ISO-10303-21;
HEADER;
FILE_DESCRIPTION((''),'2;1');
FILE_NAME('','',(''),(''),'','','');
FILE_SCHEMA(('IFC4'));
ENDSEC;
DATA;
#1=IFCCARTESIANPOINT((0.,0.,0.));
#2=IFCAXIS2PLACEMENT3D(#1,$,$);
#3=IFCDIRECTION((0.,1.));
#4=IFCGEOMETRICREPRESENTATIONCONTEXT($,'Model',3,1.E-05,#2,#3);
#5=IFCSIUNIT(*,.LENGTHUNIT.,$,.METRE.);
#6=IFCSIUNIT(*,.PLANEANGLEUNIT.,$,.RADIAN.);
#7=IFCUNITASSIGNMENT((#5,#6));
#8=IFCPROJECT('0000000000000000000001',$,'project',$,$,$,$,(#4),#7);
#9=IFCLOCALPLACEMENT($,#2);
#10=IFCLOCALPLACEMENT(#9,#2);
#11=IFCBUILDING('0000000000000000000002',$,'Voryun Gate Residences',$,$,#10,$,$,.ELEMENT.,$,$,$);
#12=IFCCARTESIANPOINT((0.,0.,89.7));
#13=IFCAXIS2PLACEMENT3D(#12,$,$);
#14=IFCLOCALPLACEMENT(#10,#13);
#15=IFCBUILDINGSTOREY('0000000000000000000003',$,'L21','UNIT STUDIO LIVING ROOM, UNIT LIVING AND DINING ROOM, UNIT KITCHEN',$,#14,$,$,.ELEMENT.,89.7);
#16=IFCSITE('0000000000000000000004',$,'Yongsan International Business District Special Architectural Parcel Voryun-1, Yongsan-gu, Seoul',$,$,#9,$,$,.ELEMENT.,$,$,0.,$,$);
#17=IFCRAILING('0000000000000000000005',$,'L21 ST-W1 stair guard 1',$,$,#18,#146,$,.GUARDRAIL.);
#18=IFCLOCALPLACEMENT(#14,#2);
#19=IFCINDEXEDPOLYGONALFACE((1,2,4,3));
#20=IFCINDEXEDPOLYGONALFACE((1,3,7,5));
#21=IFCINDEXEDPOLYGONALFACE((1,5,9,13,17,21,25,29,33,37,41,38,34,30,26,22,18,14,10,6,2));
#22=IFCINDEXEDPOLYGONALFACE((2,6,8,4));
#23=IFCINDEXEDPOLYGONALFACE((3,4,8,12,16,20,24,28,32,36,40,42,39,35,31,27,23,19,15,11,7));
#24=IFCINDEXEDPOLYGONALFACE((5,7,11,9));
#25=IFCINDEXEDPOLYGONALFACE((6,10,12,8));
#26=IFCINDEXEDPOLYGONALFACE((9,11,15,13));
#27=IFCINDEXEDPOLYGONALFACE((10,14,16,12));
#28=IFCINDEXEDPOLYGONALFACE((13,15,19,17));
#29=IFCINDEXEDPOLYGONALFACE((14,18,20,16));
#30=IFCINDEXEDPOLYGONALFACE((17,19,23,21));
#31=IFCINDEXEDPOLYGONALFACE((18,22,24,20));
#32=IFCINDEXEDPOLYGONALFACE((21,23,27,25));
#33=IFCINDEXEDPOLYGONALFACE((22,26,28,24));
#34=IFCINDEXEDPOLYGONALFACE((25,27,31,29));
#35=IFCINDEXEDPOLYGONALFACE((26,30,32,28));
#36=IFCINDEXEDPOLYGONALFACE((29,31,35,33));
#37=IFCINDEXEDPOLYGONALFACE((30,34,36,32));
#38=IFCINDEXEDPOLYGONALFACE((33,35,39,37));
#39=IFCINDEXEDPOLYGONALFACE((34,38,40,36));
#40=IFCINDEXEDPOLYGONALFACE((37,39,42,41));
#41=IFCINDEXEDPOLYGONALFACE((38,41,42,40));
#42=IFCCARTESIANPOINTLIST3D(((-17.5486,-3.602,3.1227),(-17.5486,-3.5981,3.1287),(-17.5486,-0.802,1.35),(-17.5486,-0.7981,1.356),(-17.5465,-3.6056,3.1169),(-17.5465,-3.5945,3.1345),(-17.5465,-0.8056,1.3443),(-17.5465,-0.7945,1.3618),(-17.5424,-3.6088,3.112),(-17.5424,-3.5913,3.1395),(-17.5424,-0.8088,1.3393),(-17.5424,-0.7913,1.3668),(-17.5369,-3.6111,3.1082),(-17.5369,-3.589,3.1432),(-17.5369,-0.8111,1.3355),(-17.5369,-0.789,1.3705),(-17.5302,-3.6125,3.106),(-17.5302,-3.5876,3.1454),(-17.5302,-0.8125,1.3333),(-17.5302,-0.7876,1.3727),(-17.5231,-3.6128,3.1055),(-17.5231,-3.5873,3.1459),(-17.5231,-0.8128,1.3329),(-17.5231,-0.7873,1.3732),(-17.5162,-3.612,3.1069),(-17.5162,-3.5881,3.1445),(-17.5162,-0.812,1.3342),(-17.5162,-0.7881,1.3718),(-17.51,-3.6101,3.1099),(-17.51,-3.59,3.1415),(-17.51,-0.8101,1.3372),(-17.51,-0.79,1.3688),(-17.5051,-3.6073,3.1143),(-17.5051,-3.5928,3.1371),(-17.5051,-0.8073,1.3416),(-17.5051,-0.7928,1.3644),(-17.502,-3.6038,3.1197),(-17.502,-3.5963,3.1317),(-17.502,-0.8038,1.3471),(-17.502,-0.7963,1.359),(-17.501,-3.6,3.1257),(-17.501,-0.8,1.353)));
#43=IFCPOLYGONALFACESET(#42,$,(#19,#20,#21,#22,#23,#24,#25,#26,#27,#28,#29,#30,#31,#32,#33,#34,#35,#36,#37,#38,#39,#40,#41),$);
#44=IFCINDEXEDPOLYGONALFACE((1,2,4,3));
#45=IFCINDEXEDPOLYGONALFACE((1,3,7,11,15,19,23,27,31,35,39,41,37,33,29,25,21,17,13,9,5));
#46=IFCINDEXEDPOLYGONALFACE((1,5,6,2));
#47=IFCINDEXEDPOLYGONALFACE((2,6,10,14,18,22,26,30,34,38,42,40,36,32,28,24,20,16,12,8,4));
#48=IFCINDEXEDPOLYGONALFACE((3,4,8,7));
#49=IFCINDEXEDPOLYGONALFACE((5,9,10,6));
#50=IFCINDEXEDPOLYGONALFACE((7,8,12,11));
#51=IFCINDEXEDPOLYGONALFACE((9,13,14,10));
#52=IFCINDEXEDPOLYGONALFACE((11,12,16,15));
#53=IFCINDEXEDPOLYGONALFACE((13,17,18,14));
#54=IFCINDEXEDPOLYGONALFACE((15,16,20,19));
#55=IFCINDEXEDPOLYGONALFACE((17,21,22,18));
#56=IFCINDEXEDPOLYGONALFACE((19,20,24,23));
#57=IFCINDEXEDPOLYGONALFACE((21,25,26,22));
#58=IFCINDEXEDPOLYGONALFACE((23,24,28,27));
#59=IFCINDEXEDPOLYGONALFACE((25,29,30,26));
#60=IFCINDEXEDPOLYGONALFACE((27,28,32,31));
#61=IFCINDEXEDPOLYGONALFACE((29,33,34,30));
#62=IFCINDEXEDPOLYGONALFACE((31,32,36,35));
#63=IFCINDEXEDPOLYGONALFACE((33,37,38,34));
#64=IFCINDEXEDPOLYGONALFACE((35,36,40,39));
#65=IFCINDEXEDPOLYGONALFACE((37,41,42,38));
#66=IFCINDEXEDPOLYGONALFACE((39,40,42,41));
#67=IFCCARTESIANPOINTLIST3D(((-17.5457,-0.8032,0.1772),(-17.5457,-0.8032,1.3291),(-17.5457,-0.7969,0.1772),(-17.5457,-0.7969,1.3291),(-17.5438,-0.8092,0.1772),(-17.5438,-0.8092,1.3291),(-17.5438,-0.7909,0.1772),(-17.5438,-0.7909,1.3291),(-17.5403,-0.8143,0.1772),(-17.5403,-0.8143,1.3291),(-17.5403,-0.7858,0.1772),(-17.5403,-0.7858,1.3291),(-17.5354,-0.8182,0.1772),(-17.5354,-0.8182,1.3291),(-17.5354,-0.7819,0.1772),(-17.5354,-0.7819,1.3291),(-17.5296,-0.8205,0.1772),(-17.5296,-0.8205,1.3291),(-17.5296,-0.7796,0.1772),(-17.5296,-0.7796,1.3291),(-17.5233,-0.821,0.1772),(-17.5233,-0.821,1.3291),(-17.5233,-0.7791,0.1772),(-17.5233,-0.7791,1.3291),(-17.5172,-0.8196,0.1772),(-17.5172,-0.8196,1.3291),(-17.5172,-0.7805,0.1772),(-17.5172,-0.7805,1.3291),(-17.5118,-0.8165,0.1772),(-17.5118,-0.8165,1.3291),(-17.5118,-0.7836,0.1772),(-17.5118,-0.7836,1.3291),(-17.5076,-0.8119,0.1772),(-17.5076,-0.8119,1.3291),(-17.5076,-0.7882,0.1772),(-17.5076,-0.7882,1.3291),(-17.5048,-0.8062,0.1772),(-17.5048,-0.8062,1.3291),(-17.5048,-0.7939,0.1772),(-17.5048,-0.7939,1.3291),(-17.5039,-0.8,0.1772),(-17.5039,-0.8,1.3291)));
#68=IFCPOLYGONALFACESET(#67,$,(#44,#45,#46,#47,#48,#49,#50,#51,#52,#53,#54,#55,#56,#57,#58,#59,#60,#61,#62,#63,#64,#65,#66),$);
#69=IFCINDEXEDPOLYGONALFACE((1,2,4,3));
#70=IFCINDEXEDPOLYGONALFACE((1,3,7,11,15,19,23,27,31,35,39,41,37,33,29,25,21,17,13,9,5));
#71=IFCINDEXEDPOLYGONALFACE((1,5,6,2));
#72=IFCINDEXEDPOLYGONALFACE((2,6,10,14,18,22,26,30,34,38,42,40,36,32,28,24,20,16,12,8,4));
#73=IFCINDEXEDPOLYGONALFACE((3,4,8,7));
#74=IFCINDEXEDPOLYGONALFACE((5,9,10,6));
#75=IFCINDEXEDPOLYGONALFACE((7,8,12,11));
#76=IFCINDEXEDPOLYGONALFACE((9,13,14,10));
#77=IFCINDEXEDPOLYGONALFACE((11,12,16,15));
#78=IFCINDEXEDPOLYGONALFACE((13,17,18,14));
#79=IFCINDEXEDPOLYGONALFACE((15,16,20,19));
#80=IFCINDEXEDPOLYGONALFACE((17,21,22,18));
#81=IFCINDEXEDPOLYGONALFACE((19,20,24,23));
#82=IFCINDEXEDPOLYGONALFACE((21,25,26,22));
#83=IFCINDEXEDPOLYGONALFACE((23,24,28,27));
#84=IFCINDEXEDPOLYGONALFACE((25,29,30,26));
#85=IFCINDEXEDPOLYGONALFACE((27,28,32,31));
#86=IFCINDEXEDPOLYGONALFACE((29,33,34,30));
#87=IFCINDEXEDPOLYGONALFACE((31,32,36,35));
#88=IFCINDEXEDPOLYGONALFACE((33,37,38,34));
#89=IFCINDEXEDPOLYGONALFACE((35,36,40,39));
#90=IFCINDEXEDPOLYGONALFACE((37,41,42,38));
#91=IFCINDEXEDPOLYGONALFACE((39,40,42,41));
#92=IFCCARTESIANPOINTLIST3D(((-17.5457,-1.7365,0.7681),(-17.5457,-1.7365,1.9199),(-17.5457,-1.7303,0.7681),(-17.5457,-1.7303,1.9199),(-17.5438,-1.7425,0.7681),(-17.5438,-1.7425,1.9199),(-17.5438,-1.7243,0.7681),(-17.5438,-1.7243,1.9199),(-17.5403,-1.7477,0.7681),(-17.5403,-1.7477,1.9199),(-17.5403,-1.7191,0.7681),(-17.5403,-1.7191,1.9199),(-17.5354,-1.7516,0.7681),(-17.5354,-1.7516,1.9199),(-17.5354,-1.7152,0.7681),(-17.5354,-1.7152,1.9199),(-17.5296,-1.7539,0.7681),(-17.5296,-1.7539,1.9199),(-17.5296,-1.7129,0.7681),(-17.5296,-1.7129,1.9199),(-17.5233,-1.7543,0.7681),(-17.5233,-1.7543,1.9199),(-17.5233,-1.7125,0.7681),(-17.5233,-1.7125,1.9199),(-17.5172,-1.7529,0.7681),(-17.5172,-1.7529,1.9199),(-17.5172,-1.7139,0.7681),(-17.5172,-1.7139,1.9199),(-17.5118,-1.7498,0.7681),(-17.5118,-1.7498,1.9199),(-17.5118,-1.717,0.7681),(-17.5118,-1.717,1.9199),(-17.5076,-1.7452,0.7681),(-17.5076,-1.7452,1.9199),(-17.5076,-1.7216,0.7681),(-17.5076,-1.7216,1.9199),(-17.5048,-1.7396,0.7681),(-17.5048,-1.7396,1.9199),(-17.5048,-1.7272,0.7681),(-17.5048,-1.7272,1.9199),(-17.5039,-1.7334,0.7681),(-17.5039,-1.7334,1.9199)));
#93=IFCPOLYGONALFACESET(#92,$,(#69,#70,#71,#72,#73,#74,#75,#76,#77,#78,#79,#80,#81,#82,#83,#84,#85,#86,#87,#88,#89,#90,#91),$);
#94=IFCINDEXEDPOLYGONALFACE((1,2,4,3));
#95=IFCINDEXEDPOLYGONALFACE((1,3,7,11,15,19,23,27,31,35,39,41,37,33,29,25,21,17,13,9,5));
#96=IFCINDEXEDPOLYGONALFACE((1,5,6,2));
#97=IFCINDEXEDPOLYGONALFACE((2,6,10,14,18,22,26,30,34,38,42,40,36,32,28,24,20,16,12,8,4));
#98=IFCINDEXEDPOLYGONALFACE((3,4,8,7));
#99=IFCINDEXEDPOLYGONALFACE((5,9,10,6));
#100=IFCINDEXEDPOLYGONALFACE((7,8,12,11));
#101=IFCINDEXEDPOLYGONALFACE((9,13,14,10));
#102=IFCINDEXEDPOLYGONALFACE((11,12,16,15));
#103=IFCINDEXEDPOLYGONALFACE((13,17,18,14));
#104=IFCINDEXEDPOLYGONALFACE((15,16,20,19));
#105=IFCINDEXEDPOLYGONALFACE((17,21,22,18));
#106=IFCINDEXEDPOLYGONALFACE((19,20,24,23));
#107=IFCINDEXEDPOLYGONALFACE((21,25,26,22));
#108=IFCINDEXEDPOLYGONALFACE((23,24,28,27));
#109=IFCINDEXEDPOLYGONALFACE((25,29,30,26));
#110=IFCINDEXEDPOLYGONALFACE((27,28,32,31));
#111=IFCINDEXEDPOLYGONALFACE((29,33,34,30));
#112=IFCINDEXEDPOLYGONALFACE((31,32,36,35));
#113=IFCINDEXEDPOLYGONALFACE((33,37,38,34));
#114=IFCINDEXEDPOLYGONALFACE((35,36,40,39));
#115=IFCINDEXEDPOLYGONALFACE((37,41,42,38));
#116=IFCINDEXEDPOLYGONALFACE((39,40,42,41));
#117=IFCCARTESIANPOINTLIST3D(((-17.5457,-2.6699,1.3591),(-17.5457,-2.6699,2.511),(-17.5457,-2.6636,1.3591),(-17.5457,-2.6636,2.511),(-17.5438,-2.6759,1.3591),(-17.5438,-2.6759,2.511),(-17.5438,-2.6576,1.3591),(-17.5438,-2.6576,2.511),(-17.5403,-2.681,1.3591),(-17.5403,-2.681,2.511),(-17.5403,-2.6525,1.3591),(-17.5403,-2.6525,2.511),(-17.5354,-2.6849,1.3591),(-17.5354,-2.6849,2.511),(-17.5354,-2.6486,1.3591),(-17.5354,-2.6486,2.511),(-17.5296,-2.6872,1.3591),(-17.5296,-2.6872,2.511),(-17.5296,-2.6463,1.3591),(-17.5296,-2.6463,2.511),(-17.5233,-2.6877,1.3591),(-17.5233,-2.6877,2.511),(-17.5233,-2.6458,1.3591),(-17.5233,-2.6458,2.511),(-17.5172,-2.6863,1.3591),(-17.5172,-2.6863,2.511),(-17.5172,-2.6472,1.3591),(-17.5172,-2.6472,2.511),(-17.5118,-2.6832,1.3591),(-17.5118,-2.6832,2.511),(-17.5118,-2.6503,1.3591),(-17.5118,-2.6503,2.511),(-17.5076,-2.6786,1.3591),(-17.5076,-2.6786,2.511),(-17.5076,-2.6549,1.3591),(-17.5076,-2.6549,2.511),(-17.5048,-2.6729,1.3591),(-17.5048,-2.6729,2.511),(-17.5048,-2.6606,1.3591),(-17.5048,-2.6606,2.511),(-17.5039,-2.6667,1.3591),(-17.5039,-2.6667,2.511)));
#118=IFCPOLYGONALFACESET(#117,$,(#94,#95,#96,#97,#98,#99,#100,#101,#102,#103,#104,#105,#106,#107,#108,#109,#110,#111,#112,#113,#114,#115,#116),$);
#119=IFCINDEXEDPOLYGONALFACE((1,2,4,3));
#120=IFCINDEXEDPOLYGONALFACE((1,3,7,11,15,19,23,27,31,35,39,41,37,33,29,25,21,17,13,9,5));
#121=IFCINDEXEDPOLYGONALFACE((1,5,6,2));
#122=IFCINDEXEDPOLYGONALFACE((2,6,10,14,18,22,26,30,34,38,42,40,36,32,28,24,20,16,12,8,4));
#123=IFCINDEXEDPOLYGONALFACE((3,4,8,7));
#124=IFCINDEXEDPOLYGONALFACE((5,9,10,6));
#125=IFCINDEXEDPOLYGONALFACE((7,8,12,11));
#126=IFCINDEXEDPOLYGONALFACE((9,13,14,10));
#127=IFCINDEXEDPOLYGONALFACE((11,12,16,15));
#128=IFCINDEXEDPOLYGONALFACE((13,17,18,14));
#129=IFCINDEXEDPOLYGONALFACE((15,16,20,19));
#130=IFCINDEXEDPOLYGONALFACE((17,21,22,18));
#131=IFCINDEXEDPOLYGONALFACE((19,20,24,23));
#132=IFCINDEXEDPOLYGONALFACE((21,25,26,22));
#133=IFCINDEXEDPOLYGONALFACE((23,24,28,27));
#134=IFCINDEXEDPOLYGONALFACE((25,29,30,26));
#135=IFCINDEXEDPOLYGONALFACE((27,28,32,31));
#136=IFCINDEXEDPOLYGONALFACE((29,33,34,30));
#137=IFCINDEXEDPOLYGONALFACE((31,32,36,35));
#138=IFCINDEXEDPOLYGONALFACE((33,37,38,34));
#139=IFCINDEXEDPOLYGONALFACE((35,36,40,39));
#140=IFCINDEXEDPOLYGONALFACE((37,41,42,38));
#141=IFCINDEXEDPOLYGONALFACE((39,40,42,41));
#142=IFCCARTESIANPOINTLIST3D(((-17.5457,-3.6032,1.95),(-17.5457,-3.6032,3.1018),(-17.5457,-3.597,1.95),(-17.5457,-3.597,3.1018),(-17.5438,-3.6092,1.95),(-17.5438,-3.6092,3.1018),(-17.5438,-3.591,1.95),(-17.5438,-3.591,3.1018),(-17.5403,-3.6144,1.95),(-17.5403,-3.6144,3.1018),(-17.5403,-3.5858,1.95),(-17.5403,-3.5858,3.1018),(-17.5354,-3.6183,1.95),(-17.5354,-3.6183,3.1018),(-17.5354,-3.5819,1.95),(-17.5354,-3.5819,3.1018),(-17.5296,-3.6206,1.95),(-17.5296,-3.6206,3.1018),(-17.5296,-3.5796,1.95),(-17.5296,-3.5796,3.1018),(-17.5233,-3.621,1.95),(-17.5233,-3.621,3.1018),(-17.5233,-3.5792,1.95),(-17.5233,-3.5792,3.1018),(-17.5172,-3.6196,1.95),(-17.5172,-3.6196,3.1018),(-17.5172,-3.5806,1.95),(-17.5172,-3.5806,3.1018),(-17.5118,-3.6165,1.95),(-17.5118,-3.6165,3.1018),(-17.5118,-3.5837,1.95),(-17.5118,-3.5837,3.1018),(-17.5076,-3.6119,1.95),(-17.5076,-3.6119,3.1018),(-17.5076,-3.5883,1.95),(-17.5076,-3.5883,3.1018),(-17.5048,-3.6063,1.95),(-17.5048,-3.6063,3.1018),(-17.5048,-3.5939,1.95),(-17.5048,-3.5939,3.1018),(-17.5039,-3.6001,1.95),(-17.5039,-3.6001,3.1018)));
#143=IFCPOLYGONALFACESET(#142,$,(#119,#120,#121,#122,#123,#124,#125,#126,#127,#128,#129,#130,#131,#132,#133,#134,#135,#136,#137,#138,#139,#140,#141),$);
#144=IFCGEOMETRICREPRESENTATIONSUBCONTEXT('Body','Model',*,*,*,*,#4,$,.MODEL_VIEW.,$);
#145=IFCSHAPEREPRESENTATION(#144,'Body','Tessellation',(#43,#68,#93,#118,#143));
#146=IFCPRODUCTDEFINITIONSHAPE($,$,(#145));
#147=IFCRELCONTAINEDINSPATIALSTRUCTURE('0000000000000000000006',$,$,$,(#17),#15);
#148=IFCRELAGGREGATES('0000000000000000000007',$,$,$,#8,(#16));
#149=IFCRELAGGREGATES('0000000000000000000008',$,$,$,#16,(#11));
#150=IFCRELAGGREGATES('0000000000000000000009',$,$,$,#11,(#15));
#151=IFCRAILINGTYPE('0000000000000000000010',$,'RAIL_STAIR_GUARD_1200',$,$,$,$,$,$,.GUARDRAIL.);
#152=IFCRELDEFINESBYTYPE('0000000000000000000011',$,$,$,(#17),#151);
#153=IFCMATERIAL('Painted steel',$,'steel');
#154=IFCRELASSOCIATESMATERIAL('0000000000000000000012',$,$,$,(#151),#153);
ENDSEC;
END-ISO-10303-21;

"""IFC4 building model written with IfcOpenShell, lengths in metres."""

from ifc_helpers import new_model, si_unit, direction, frame, origin, origin_2d, place, context, subcontext, project, spatial, circle, extrude, material, type_object, element, save


model = new_model("IFC4")

# Units and contexts
model_context = context("Model", 3, precision=1e-05, world=origin(), true_north=direction((0.0, 1.0)))
body_context = subcontext(model_context, "Body", "Model", "MODEL_VIEW")
ifc_project = project(units=[si_unit("LENGTHUNIT", "METRE"), si_unit("PLANEANGLEUNIT", "RADIAN")], contexts=[model_context])

# Site, building, storey
site_placement = place(None, origin())
site = spatial("IfcSite", under=ifc_project, at=site_placement, Name="Yongsan International Business District Special Architectural Parcel Voryun-1, Yongsan-gu, Seoul", CompositionType="ELEMENT", RefElevation=0.0)
building_placement = place(site_placement, origin())
building = spatial("IfcBuilding", under=site, at=building_placement, Name="Voryun Gate Residences", CompositionType="ELEMENT")
storey_placement = place(building_placement, frame((0.0, 0.0, 89.7)))
storey = spatial("IfcBuildingStorey", under=building, at=storey_placement, Name="L21", Description="UNIT STUDIO LIVING ROOM, UNIT LIVING AND DINING ROOM, UNIT KITCHEN", CompositionType="ELEMENT", Elevation=89.7)

# Railing
ifc_material_1 = material(Name="Painted steel", Category="steel")
railing_type_1 = type_object("IfcRailingType", Name="RAIL_STAIR_GUARD_1200", PredefinedType="GUARDRAIL", material=ifc_material_1)
railing_1_placement = place(storey_placement, frame((-17.5249, -0.8, 0.1772)))
element("IfcRailing", 1, at=railing_1_placement, inside=storey, type_object=railing_type_1, Name="L21 ST-W1 stair guard 1", PredefinedType="GUARDRAIL", context=body_context, shape_type="SweptSolid", body=[
    extrude(circle(Radius=0.0239, at=origin_2d()), frame((0.0, 0.0, 1.1758), z_axis=(0.0, -0.844909, 0.53491), x_axis=(1.0, 0.0, 0.0)), (0.0, 0.0, 1.0), 3.314),
    extrude(circle(Radius=0.021, at=origin_2d()), origin(), (0.0, 0.0, 1.0), 1.1519),
    extrude(circle(Radius=0.021, at=origin_2d()), frame((0.0, -0.9333, 0.5908)), (0.0, 0.0, 1.0), 1.1519),
    extrude(circle(Radius=0.021, at=origin_2d()), frame((0.0, -1.8667, 1.1819)), (0.0, 0.0, 1.0), 1.1519),
    extrude(circle(Radius=0.021, at=origin_2d()), frame((0.0, -2.8, 1.7727)), (0.0, 0.0, 1.0), 1.1519),
])

save(model, "model.ifc")
